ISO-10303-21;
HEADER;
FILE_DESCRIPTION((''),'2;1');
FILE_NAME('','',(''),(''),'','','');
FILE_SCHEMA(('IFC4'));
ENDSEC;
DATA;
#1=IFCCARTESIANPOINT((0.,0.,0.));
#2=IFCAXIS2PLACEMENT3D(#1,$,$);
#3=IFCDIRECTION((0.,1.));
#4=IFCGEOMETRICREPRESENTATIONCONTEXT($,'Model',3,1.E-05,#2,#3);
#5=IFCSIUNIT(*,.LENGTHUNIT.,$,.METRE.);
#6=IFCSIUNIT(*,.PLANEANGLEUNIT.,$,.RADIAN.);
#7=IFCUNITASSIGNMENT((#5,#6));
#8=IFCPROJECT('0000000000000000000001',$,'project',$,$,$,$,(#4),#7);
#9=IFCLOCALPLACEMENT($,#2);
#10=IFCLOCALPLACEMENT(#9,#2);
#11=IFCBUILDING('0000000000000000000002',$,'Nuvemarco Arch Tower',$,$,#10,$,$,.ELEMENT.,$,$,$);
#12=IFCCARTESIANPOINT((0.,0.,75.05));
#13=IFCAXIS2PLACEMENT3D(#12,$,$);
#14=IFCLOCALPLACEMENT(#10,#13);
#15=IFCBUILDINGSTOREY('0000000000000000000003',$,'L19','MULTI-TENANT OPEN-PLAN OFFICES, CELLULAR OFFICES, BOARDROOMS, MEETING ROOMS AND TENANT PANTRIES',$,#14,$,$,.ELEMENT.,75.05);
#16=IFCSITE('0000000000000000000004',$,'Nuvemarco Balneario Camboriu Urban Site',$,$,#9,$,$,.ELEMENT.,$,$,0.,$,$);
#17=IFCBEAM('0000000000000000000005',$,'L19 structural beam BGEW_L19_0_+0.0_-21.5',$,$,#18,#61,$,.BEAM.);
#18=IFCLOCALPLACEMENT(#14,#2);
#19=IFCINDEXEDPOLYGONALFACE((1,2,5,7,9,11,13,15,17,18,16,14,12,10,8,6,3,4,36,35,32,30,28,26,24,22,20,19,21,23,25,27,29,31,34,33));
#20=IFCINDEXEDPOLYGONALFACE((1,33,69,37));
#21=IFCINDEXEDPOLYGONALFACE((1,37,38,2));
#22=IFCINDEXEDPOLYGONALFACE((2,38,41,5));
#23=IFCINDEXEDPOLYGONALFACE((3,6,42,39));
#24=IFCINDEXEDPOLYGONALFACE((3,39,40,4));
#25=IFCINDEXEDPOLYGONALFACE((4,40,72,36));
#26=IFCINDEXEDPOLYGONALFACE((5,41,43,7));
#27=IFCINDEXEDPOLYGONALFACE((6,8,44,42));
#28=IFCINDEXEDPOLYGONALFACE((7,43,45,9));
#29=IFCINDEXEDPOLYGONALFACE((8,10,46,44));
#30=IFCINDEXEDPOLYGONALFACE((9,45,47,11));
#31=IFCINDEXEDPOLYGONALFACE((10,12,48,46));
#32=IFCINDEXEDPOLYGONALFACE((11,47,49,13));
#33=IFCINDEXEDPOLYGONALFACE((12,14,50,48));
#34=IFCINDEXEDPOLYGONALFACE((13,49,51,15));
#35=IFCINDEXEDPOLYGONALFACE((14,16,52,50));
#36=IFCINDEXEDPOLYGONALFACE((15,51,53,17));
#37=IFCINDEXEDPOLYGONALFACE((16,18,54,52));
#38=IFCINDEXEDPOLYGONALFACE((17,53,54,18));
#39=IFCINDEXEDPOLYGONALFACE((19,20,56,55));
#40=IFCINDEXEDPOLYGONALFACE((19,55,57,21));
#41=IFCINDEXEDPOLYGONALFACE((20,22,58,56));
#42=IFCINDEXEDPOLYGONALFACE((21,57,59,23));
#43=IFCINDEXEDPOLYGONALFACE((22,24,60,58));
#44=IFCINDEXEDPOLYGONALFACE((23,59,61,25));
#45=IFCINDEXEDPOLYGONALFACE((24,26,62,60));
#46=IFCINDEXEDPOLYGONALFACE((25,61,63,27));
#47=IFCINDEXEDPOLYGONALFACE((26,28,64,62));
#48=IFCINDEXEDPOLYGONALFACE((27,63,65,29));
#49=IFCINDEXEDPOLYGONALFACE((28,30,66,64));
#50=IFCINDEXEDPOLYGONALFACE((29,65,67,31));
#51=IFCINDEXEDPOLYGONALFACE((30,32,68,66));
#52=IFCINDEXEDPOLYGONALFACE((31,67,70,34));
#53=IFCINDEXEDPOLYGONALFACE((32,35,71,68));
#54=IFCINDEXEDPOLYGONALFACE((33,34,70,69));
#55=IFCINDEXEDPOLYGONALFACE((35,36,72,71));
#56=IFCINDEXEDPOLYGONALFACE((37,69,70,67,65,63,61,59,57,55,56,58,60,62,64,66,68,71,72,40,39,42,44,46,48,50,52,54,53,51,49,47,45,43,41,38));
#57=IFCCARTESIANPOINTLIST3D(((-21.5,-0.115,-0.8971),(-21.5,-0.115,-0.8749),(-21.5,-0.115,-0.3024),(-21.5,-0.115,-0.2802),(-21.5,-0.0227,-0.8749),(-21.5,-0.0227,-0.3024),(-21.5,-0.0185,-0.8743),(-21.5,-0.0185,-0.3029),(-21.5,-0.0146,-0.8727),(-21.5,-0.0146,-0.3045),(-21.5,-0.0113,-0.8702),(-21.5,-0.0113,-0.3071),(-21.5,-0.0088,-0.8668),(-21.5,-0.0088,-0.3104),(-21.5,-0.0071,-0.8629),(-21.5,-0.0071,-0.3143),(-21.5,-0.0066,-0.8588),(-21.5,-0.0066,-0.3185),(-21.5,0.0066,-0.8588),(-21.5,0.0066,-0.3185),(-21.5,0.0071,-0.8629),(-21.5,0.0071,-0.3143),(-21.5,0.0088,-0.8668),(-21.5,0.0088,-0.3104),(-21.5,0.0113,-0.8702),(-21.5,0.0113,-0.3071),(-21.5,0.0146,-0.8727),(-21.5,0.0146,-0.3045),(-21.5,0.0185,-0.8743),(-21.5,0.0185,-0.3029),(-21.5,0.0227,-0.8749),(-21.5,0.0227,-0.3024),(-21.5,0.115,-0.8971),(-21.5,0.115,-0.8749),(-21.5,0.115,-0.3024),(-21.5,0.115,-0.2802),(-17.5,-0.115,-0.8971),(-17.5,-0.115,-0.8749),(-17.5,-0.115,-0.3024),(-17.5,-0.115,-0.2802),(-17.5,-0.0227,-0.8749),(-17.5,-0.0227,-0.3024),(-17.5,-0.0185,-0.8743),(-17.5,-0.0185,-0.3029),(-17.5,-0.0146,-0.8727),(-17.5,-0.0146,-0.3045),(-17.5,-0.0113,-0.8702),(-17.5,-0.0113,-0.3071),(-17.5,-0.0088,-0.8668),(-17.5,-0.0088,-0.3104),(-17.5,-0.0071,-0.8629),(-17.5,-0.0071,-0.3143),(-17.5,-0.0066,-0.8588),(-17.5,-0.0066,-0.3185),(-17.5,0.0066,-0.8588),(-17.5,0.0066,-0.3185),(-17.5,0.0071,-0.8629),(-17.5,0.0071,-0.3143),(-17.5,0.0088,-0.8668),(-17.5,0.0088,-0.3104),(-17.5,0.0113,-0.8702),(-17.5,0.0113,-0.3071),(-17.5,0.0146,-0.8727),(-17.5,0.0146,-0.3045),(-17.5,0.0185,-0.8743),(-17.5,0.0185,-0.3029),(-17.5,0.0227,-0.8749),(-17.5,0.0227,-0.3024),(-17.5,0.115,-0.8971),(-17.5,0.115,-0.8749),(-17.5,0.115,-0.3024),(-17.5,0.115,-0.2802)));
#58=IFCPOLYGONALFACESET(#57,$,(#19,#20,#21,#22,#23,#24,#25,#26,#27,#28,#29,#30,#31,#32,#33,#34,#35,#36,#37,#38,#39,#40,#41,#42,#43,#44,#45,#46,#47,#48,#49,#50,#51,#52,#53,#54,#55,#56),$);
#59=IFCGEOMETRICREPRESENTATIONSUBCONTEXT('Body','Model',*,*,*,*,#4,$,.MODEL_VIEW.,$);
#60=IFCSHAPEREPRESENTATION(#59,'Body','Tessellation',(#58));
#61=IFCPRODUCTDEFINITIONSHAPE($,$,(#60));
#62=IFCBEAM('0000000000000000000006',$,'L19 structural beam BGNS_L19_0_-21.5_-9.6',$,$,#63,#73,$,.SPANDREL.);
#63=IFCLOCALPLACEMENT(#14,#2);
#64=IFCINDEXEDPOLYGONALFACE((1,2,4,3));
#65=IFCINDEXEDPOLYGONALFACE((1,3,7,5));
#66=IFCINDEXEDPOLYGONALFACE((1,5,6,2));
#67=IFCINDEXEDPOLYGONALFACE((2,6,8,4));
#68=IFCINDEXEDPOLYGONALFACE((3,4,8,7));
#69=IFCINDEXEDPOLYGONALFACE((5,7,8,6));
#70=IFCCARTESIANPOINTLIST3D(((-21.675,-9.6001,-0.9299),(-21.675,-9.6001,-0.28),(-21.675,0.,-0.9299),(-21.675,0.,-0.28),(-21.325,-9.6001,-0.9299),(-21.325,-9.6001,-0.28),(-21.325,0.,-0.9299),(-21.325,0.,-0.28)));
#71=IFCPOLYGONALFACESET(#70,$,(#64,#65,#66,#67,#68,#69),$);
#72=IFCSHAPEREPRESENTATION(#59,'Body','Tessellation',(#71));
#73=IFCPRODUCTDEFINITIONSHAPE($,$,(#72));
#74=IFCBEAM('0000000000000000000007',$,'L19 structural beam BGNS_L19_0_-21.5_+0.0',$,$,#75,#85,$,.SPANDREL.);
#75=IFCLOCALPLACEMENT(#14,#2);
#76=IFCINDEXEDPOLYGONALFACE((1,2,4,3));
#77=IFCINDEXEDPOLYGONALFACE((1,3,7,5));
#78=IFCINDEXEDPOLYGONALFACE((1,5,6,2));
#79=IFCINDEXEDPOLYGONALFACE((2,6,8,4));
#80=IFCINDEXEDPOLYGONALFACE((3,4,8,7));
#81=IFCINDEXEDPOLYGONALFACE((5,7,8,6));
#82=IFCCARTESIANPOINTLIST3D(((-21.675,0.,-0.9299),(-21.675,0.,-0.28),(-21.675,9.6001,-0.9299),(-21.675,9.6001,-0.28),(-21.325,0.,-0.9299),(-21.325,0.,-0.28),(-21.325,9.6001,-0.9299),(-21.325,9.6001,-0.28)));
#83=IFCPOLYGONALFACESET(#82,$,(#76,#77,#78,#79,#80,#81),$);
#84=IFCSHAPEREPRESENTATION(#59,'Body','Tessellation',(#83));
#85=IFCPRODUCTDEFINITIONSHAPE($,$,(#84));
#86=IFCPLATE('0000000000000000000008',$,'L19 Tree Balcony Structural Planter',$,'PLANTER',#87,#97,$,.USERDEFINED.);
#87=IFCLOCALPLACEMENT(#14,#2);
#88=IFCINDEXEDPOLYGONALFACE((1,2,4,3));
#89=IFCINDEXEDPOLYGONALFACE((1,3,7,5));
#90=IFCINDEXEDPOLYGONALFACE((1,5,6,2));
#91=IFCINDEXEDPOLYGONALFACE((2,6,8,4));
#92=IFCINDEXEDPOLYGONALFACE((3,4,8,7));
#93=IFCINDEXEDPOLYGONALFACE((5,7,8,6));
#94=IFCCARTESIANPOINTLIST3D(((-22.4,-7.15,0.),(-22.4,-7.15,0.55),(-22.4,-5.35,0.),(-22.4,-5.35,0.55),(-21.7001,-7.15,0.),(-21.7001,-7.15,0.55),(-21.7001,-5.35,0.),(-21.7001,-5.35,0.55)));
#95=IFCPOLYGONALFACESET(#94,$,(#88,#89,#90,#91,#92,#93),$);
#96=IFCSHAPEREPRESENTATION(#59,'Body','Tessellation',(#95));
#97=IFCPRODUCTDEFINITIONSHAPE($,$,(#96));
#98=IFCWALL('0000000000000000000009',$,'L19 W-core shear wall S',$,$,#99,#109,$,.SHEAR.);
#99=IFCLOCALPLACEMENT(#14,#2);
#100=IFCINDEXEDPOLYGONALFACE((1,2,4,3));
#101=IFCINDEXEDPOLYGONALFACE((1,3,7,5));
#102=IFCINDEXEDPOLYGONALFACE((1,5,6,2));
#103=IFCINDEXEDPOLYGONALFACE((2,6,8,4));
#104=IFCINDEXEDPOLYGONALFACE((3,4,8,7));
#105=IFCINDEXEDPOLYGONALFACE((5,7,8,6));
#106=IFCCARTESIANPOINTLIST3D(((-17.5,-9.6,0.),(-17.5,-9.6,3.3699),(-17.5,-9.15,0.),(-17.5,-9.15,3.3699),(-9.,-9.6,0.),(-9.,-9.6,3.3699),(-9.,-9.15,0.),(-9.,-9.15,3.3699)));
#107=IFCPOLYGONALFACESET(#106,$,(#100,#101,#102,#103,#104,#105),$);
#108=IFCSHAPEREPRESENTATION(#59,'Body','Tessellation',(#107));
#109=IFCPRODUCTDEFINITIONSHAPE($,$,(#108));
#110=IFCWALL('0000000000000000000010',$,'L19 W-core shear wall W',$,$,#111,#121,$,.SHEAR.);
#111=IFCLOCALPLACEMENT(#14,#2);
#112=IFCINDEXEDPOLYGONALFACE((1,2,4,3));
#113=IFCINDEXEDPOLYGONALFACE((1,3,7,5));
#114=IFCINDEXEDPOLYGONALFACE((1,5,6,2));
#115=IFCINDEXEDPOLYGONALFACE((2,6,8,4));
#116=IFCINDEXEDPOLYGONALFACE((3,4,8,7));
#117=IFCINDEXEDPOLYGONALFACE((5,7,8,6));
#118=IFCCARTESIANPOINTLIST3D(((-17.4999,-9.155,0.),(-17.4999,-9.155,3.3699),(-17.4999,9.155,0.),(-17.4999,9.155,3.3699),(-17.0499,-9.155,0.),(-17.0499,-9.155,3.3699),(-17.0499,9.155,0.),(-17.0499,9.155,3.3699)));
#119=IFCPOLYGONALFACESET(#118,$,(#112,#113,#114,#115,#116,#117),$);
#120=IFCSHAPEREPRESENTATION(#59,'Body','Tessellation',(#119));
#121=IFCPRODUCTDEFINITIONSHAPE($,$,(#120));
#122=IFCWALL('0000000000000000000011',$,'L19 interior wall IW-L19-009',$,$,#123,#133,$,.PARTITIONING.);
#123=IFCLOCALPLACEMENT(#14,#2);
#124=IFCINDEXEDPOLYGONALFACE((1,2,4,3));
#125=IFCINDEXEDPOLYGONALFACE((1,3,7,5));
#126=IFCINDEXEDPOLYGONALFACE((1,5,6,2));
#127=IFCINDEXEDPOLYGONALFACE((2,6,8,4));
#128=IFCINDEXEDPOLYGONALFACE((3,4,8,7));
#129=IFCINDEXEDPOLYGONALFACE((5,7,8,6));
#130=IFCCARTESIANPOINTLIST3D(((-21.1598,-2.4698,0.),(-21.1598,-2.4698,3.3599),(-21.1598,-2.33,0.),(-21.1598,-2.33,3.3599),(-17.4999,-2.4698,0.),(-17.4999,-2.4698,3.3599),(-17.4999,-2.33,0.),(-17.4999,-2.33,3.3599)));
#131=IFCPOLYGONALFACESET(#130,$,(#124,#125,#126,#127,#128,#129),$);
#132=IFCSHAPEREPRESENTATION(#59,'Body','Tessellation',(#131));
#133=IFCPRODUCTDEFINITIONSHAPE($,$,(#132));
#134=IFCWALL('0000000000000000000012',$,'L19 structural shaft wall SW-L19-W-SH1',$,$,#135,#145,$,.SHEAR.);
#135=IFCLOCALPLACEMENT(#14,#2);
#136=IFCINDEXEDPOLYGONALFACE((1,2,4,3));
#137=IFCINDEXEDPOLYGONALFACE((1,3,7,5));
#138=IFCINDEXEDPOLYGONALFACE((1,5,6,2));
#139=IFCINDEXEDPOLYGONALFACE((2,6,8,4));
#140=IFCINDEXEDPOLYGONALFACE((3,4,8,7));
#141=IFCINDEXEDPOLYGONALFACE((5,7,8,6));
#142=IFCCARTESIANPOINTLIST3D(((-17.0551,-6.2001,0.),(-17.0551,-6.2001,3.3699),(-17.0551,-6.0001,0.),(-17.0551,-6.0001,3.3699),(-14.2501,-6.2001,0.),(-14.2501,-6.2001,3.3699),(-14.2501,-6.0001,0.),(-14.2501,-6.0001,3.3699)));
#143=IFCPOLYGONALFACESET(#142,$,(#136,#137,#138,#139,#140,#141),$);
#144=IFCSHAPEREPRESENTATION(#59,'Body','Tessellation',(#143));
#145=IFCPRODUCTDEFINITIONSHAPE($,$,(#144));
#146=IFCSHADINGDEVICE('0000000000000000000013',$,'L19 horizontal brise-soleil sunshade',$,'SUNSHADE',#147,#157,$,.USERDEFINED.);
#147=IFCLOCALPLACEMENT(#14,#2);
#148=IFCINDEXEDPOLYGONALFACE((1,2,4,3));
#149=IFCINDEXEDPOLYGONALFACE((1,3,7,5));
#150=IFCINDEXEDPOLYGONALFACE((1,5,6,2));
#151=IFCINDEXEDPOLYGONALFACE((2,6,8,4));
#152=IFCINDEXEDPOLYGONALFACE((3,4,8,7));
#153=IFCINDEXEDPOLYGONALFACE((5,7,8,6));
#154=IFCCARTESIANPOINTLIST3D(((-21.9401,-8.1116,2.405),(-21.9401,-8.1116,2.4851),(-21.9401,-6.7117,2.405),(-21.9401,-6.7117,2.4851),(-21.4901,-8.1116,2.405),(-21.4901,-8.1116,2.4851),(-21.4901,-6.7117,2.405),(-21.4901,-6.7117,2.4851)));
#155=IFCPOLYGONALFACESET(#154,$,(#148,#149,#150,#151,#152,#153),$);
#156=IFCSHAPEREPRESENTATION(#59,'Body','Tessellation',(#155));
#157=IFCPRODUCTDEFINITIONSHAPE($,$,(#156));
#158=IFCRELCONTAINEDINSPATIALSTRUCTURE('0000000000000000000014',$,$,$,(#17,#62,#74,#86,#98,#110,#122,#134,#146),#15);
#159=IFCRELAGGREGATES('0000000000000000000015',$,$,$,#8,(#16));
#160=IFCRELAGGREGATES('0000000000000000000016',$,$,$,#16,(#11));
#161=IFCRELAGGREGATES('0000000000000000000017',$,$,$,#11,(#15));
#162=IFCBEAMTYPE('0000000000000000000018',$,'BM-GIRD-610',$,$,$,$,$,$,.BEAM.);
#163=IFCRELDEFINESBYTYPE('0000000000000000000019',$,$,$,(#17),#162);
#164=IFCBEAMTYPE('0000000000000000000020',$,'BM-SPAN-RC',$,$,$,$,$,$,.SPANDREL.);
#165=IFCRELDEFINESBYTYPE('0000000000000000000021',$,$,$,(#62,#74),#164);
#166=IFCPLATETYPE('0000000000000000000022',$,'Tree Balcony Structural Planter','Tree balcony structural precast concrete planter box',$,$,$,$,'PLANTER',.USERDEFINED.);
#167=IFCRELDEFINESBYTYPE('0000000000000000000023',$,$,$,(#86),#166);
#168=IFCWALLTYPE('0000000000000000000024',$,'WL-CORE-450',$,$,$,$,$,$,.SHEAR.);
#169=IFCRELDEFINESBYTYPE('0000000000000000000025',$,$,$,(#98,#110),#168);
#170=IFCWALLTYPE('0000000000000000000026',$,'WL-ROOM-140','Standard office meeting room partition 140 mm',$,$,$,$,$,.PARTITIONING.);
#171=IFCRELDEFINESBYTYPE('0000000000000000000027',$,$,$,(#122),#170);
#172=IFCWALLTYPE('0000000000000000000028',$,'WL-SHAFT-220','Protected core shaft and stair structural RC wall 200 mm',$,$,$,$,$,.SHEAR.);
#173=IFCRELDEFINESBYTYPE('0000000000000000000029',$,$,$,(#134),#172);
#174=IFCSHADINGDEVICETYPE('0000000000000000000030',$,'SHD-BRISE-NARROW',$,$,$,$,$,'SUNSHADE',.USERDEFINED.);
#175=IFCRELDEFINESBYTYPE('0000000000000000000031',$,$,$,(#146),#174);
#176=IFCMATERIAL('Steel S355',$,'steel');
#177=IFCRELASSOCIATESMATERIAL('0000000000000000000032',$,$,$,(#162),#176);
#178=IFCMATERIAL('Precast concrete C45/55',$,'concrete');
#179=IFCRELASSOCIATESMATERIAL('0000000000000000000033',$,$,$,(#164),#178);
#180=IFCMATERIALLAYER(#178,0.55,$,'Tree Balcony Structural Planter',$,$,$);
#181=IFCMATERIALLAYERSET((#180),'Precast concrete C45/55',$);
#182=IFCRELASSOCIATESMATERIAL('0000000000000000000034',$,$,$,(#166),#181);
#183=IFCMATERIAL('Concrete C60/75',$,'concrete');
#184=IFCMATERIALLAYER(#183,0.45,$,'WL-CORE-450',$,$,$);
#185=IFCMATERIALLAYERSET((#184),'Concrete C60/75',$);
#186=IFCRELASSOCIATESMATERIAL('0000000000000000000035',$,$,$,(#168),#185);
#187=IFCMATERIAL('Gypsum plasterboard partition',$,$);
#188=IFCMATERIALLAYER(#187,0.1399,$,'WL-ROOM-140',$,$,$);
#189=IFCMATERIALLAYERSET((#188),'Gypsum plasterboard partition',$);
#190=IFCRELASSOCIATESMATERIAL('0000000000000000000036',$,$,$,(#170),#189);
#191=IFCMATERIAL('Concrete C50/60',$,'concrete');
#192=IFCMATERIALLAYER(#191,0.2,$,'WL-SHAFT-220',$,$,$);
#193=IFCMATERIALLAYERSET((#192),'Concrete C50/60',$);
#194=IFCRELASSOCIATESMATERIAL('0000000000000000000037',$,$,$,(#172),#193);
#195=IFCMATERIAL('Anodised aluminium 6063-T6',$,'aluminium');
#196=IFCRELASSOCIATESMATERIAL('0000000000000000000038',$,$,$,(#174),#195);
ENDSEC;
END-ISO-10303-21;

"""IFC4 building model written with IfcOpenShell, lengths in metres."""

from ifc_helpers import new_model, si_unit, direction, frame, frame_2d, origin, origin_2d, place, context, subcontext, project, spatial, rectangle, i_section, extrude, source, transform, mapped, material, layer, layer_set, material_profile, profile_set, type_object, type_shapes, element, save


model = new_model("IFC4")

# Units and contexts
model_context = context("Model", 3, precision=1e-05, world=origin(), true_north=direction((0.0, 1.0)))
body_context = subcontext(model_context, "Body", "Model", "MODEL_VIEW")
ifc_project = project(units=[si_unit("LENGTHUNIT", "METRE"), si_unit("PLANEANGLEUNIT", "RADIAN")], contexts=[model_context])

# Site, building, storey
site_placement = place(None, origin())
site = spatial("IfcSite", under=ifc_project, at=site_placement, Name="Nuvemarco Balneario Camboriu Urban Site", CompositionType="ELEMENT", RefElevation=0.0)
building_placement = place(site_placement, origin())
building = spatial("IfcBuilding", under=site, at=building_placement, Name="Nuvemarco Arch Tower", CompositionType="ELEMENT")
storey_placement = place(building_placement, frame((0.0, 0.0, 75.05)))
storey = spatial("IfcBuildingStorey", under=building, at=storey_placement, Name="L19", Description="MULTI-TENANT OPEN-PLAN OFFICES, CELLULAR OFFICES, BOARDROOMS, MEETING ROOMS AND TENANT PANTRIES", CompositionType="ELEMENT", Elevation=75.05)

# Shared definitions
ifc_material_1 = material(Name="Concrete C60/75", Category="concrete")

# Beams
ifc_material_2 = material(Name="Steel S355", Category="steel")
ifc_material_profile_1 = material_profile(ifc_material_2, i_section(OverallWidth=0.23, OverallDepth=0.6169, WebThickness=0.0132, FlangeThickness=0.0222, FilletRadius=0.0161, at=origin_2d()), Name="W610x140")
ifc_profile_set_1 = profile_set([ifc_material_profile_1], Name="Steel S355")
beam_type_1 = type_object("IfcBeamType", Name="BM-GIRD-610", PredefinedType="BEAM", material=ifc_profile_set_1)
beam_1_placement = place(storey_placement, frame((-21.5, 0.0, -0.5886), z_axis=(1.0, 0.0, 0.0), x_axis=(0.0, 1.0, 0.0)))
element("IfcBeam", 1, at=beam_1_placement, inside=storey, type_object=beam_type_1, Name="L19 structural beam BGEW_L19_0_+0.0_-21.5", PredefinedType="BEAM", context=body_context, shape_type="SweptSolid", body=[
    extrude(i_section(OverallWidth=0.23, OverallDepth=0.6169, WebThickness=0.0132, FlangeThickness=0.0222, FilletRadius=0.0161, at=origin_2d()), origin(), (0.0, 0.0, 1.0), 4.0),
])
ifc_material_3 = material(Name="Precast concrete C45/55", Category="concrete")
ifc_material_profile_2 = material_profile(ifc_material_3, rectangle(XDim=0.3501, YDim=0.6499, at=origin_2d()), Name="PC-SP-350x650")
ifc_profile_set_2 = profile_set([ifc_material_profile_2], Name="Precast concrete C45/55")
beam_type_2 = type_object("IfcBeamType", Name="BM-SPAN-RC", PredefinedType="SPANDREL", material=ifc_profile_set_2)
for number, where, z_axis, x_axis, name in (
    (2, (-21.5, -9.6001, -0.605), (0.0, 1.0, 0.0), (-1.0, 0.0, 0.0), "L19 structural beam BGNS_L19_0_-21.5_-9.6"),
    (3, (-21.5, 0.0, -0.605), (0.0, 1.0, 0.0), (-1.0, 0.0, 0.0), "L19 structural beam BGNS_L19_0_-21.5_+0.0"),
):
    element("IfcBeam", number, at=place(storey_placement, frame(where, z_axis=z_axis, x_axis=x_axis)), inside=storey, type_object=beam_type_2, Name=name, PredefinedType="SPANDREL", context=body_context, shape_type="SweptSolid", body=[
        extrude(rectangle(XDim=0.3501, YDim=0.6499, at=origin_2d()), origin(), (0.0, 0.0, 1.0), 9.6001),
    ])

# Plate
ifc_layer_1 = layer(ifc_material_3, 0.55, Name="Tree Balcony Structural Planter")
ifc_layer_set_1 = layer_set([ifc_layer_1], Name="Precast concrete C45/55")
plate_type = type_object("IfcPlateType", Name="Tree Balcony Structural Planter", Description="Tree balcony structural precast concrete planter box", ElementType="PLANTER", PredefinedType="USERDEFINED", material=ifc_layer_set_1)
shared_shape_1 = source(origin(), body_context, "Body", "SweptSolid", [
    extrude(rectangle(XDim=1.8, YDim=0.7, at=origin_2d()), origin(), (0.0, 0.0, 1.0), 0.55),
])
type_shapes(plate_type, [shared_shape_1])
plate_placement = place(storey_placement, frame((-22.05, -6.25, 0.0), z_axis=(0.0, 0.0, 1.0), x_axis=(0.0, 1.0, 0.0)))
element("IfcPlate", 4, at=plate_placement, inside=storey, type_object=plate_type, Name="L19 Tree Balcony Structural Planter", ObjectType="PLANTER", PredefinedType="USERDEFINED", context=body_context, shape_type="MappedRepresentation", body=[
    mapped(shared_shape_1, transform((0.0, 0.0, 0.0), scale=1.0)),
])

# Walls
ifc_layer_2 = layer(ifc_material_1, 0.45, Name="WL-CORE-450")
ifc_layer_set_2 = layer_set([ifc_layer_2], Name="Concrete C60/75")
wall_type_1 = type_object("IfcWallType", Name="WL-CORE-450", PredefinedType="SHEAR", material=ifc_layer_set_2)
wall_1_placement = place(storey_placement, frame((-17.5, -9.375, 0.0), z_axis=(0.0, 0.0, 1.0), x_axis=(1.0, 0.0, 0.0)))
element("IfcWall", 5, at=wall_1_placement, inside=storey, type_object=wall_type_1, Name="L19 W-core shear wall S", PredefinedType="SHEAR", context=body_context, shape_type="SweptSolid", body=[
    extrude(rectangle(XDim=8.5, YDim=0.45, at=frame_2d((4.25, 0.0))), origin(), (0.0, 0.0, 1.0), 3.3699),
])
wall_2_placement = place(storey_placement, frame((-17.2749, -9.155, 0.0), z_axis=(0.0, 0.0, 1.0), x_axis=(0.0, 1.0, 0.0)))
element("IfcWall", 6, at=wall_2_placement, inside=storey, type_object=wall_type_1, Name="L19 W-core shear wall W", PredefinedType="SHEAR", context=body_context, shape_type="SweptSolid", body=[
    extrude(rectangle(XDim=18.3101, YDim=0.45, at=frame_2d((9.155, 0.0))), origin(), (0.0, 0.0, 1.0), 3.3699),
])
ifc_material_4 = material(Name="Gypsum plasterboard partition")
ifc_layer_3 = layer(ifc_material_4, 0.1399, Name="WL-ROOM-140")
ifc_layer_set_3 = layer_set([ifc_layer_3], Name="Gypsum plasterboard partition")
wall_type_2 = type_object("IfcWallType", Name="WL-ROOM-140", Description="Standard office meeting room partition 140 mm", PredefinedType="PARTITIONING", material=ifc_layer_set_3)
wall_3_placement = place(storey_placement, frame((-21.1599, -2.3999, 0.0), z_axis=(0.0, 0.0, 1.0), x_axis=(1.0, 0.0, 0.0)))
element("IfcWall", 7, at=wall_3_placement, inside=storey, type_object=wall_type_2, Name="L19 interior wall IW-L19-009", PredefinedType="PARTITIONING", context=body_context, shape_type="SweptSolid", body=[
    extrude(rectangle(XDim=3.6599, YDim=0.1399, at=frame_2d((1.8301, 0.0))), origin(), (0.0, 0.0, 1.0), 3.3599),
])
ifc_material_5 = material(Name="Concrete C50/60", Category="concrete")
ifc_layer_4 = layer(ifc_material_5, 0.2, Name="WL-SHAFT-220")
ifc_layer_set_4 = layer_set([ifc_layer_4], Name="Concrete C50/60")
wall_type_3 = type_object("IfcWallType", Name="WL-SHAFT-220", Description="Protected core shaft and stair structural RC wall 200 mm", PredefinedType="SHEAR", material=ifc_layer_set_4)
wall_4_placement = place(storey_placement, frame((-17.0549, -6.1001, 0.0), z_axis=(0.0, 0.0, 1.0), x_axis=(1.0, 0.0, 0.0)))
element("IfcWall", 8, at=wall_4_placement, inside=storey, type_object=wall_type_3, Name="L19 structural shaft wall SW-L19-W-SH1", PredefinedType="SHEAR", context=body_context, shape_type="SweptSolid", body=[
    extrude(rectangle(XDim=2.8049, YDim=0.2, at=frame_2d((1.4023, 0.0))), origin(), (0.0, 0.0, 1.0), 3.3699),
])

# Shading device
ifc_material_6 = material(Name="Anodised aluminium 6063-T6", Category="aluminium")
shading_device_type = type_object("IfcShadingDeviceType", Name="SHD-BRISE-NARROW", ElementType="SUNSHADE", PredefinedType="USERDEFINED", material=ifc_material_6)
shared_shape_2 = source(origin(), body_context, "Body", "SweptSolid", [
    extrude(rectangle(XDim=1.3999, YDim=0.45, at=origin_2d()), origin(), (0.0, 0.0, 1.0), 0.0801),
])
type_shapes(shading_device_type, [shared_shape_2])
shading_device_placement = place(storey_placement, frame((-21.7151, -7.4116, 2.405), z_axis=(0.0, 0.0, 1.0), x_axis=(0.0, 1.0, 0.0)))
element("IfcShadingDevice", 9, at=shading_device_placement, inside=storey, type_object=shading_device_type, Name="L19 horizontal brise-soleil sunshade", ObjectType="SUNSHADE", PredefinedType="USERDEFINED", context=body_context, shape_type="MappedRepresentation", body=[
    mapped(shared_shape_2, transform((0.0, 0.0, 0.0), scale=1.0)),
])

save(model, "model.ifc")
